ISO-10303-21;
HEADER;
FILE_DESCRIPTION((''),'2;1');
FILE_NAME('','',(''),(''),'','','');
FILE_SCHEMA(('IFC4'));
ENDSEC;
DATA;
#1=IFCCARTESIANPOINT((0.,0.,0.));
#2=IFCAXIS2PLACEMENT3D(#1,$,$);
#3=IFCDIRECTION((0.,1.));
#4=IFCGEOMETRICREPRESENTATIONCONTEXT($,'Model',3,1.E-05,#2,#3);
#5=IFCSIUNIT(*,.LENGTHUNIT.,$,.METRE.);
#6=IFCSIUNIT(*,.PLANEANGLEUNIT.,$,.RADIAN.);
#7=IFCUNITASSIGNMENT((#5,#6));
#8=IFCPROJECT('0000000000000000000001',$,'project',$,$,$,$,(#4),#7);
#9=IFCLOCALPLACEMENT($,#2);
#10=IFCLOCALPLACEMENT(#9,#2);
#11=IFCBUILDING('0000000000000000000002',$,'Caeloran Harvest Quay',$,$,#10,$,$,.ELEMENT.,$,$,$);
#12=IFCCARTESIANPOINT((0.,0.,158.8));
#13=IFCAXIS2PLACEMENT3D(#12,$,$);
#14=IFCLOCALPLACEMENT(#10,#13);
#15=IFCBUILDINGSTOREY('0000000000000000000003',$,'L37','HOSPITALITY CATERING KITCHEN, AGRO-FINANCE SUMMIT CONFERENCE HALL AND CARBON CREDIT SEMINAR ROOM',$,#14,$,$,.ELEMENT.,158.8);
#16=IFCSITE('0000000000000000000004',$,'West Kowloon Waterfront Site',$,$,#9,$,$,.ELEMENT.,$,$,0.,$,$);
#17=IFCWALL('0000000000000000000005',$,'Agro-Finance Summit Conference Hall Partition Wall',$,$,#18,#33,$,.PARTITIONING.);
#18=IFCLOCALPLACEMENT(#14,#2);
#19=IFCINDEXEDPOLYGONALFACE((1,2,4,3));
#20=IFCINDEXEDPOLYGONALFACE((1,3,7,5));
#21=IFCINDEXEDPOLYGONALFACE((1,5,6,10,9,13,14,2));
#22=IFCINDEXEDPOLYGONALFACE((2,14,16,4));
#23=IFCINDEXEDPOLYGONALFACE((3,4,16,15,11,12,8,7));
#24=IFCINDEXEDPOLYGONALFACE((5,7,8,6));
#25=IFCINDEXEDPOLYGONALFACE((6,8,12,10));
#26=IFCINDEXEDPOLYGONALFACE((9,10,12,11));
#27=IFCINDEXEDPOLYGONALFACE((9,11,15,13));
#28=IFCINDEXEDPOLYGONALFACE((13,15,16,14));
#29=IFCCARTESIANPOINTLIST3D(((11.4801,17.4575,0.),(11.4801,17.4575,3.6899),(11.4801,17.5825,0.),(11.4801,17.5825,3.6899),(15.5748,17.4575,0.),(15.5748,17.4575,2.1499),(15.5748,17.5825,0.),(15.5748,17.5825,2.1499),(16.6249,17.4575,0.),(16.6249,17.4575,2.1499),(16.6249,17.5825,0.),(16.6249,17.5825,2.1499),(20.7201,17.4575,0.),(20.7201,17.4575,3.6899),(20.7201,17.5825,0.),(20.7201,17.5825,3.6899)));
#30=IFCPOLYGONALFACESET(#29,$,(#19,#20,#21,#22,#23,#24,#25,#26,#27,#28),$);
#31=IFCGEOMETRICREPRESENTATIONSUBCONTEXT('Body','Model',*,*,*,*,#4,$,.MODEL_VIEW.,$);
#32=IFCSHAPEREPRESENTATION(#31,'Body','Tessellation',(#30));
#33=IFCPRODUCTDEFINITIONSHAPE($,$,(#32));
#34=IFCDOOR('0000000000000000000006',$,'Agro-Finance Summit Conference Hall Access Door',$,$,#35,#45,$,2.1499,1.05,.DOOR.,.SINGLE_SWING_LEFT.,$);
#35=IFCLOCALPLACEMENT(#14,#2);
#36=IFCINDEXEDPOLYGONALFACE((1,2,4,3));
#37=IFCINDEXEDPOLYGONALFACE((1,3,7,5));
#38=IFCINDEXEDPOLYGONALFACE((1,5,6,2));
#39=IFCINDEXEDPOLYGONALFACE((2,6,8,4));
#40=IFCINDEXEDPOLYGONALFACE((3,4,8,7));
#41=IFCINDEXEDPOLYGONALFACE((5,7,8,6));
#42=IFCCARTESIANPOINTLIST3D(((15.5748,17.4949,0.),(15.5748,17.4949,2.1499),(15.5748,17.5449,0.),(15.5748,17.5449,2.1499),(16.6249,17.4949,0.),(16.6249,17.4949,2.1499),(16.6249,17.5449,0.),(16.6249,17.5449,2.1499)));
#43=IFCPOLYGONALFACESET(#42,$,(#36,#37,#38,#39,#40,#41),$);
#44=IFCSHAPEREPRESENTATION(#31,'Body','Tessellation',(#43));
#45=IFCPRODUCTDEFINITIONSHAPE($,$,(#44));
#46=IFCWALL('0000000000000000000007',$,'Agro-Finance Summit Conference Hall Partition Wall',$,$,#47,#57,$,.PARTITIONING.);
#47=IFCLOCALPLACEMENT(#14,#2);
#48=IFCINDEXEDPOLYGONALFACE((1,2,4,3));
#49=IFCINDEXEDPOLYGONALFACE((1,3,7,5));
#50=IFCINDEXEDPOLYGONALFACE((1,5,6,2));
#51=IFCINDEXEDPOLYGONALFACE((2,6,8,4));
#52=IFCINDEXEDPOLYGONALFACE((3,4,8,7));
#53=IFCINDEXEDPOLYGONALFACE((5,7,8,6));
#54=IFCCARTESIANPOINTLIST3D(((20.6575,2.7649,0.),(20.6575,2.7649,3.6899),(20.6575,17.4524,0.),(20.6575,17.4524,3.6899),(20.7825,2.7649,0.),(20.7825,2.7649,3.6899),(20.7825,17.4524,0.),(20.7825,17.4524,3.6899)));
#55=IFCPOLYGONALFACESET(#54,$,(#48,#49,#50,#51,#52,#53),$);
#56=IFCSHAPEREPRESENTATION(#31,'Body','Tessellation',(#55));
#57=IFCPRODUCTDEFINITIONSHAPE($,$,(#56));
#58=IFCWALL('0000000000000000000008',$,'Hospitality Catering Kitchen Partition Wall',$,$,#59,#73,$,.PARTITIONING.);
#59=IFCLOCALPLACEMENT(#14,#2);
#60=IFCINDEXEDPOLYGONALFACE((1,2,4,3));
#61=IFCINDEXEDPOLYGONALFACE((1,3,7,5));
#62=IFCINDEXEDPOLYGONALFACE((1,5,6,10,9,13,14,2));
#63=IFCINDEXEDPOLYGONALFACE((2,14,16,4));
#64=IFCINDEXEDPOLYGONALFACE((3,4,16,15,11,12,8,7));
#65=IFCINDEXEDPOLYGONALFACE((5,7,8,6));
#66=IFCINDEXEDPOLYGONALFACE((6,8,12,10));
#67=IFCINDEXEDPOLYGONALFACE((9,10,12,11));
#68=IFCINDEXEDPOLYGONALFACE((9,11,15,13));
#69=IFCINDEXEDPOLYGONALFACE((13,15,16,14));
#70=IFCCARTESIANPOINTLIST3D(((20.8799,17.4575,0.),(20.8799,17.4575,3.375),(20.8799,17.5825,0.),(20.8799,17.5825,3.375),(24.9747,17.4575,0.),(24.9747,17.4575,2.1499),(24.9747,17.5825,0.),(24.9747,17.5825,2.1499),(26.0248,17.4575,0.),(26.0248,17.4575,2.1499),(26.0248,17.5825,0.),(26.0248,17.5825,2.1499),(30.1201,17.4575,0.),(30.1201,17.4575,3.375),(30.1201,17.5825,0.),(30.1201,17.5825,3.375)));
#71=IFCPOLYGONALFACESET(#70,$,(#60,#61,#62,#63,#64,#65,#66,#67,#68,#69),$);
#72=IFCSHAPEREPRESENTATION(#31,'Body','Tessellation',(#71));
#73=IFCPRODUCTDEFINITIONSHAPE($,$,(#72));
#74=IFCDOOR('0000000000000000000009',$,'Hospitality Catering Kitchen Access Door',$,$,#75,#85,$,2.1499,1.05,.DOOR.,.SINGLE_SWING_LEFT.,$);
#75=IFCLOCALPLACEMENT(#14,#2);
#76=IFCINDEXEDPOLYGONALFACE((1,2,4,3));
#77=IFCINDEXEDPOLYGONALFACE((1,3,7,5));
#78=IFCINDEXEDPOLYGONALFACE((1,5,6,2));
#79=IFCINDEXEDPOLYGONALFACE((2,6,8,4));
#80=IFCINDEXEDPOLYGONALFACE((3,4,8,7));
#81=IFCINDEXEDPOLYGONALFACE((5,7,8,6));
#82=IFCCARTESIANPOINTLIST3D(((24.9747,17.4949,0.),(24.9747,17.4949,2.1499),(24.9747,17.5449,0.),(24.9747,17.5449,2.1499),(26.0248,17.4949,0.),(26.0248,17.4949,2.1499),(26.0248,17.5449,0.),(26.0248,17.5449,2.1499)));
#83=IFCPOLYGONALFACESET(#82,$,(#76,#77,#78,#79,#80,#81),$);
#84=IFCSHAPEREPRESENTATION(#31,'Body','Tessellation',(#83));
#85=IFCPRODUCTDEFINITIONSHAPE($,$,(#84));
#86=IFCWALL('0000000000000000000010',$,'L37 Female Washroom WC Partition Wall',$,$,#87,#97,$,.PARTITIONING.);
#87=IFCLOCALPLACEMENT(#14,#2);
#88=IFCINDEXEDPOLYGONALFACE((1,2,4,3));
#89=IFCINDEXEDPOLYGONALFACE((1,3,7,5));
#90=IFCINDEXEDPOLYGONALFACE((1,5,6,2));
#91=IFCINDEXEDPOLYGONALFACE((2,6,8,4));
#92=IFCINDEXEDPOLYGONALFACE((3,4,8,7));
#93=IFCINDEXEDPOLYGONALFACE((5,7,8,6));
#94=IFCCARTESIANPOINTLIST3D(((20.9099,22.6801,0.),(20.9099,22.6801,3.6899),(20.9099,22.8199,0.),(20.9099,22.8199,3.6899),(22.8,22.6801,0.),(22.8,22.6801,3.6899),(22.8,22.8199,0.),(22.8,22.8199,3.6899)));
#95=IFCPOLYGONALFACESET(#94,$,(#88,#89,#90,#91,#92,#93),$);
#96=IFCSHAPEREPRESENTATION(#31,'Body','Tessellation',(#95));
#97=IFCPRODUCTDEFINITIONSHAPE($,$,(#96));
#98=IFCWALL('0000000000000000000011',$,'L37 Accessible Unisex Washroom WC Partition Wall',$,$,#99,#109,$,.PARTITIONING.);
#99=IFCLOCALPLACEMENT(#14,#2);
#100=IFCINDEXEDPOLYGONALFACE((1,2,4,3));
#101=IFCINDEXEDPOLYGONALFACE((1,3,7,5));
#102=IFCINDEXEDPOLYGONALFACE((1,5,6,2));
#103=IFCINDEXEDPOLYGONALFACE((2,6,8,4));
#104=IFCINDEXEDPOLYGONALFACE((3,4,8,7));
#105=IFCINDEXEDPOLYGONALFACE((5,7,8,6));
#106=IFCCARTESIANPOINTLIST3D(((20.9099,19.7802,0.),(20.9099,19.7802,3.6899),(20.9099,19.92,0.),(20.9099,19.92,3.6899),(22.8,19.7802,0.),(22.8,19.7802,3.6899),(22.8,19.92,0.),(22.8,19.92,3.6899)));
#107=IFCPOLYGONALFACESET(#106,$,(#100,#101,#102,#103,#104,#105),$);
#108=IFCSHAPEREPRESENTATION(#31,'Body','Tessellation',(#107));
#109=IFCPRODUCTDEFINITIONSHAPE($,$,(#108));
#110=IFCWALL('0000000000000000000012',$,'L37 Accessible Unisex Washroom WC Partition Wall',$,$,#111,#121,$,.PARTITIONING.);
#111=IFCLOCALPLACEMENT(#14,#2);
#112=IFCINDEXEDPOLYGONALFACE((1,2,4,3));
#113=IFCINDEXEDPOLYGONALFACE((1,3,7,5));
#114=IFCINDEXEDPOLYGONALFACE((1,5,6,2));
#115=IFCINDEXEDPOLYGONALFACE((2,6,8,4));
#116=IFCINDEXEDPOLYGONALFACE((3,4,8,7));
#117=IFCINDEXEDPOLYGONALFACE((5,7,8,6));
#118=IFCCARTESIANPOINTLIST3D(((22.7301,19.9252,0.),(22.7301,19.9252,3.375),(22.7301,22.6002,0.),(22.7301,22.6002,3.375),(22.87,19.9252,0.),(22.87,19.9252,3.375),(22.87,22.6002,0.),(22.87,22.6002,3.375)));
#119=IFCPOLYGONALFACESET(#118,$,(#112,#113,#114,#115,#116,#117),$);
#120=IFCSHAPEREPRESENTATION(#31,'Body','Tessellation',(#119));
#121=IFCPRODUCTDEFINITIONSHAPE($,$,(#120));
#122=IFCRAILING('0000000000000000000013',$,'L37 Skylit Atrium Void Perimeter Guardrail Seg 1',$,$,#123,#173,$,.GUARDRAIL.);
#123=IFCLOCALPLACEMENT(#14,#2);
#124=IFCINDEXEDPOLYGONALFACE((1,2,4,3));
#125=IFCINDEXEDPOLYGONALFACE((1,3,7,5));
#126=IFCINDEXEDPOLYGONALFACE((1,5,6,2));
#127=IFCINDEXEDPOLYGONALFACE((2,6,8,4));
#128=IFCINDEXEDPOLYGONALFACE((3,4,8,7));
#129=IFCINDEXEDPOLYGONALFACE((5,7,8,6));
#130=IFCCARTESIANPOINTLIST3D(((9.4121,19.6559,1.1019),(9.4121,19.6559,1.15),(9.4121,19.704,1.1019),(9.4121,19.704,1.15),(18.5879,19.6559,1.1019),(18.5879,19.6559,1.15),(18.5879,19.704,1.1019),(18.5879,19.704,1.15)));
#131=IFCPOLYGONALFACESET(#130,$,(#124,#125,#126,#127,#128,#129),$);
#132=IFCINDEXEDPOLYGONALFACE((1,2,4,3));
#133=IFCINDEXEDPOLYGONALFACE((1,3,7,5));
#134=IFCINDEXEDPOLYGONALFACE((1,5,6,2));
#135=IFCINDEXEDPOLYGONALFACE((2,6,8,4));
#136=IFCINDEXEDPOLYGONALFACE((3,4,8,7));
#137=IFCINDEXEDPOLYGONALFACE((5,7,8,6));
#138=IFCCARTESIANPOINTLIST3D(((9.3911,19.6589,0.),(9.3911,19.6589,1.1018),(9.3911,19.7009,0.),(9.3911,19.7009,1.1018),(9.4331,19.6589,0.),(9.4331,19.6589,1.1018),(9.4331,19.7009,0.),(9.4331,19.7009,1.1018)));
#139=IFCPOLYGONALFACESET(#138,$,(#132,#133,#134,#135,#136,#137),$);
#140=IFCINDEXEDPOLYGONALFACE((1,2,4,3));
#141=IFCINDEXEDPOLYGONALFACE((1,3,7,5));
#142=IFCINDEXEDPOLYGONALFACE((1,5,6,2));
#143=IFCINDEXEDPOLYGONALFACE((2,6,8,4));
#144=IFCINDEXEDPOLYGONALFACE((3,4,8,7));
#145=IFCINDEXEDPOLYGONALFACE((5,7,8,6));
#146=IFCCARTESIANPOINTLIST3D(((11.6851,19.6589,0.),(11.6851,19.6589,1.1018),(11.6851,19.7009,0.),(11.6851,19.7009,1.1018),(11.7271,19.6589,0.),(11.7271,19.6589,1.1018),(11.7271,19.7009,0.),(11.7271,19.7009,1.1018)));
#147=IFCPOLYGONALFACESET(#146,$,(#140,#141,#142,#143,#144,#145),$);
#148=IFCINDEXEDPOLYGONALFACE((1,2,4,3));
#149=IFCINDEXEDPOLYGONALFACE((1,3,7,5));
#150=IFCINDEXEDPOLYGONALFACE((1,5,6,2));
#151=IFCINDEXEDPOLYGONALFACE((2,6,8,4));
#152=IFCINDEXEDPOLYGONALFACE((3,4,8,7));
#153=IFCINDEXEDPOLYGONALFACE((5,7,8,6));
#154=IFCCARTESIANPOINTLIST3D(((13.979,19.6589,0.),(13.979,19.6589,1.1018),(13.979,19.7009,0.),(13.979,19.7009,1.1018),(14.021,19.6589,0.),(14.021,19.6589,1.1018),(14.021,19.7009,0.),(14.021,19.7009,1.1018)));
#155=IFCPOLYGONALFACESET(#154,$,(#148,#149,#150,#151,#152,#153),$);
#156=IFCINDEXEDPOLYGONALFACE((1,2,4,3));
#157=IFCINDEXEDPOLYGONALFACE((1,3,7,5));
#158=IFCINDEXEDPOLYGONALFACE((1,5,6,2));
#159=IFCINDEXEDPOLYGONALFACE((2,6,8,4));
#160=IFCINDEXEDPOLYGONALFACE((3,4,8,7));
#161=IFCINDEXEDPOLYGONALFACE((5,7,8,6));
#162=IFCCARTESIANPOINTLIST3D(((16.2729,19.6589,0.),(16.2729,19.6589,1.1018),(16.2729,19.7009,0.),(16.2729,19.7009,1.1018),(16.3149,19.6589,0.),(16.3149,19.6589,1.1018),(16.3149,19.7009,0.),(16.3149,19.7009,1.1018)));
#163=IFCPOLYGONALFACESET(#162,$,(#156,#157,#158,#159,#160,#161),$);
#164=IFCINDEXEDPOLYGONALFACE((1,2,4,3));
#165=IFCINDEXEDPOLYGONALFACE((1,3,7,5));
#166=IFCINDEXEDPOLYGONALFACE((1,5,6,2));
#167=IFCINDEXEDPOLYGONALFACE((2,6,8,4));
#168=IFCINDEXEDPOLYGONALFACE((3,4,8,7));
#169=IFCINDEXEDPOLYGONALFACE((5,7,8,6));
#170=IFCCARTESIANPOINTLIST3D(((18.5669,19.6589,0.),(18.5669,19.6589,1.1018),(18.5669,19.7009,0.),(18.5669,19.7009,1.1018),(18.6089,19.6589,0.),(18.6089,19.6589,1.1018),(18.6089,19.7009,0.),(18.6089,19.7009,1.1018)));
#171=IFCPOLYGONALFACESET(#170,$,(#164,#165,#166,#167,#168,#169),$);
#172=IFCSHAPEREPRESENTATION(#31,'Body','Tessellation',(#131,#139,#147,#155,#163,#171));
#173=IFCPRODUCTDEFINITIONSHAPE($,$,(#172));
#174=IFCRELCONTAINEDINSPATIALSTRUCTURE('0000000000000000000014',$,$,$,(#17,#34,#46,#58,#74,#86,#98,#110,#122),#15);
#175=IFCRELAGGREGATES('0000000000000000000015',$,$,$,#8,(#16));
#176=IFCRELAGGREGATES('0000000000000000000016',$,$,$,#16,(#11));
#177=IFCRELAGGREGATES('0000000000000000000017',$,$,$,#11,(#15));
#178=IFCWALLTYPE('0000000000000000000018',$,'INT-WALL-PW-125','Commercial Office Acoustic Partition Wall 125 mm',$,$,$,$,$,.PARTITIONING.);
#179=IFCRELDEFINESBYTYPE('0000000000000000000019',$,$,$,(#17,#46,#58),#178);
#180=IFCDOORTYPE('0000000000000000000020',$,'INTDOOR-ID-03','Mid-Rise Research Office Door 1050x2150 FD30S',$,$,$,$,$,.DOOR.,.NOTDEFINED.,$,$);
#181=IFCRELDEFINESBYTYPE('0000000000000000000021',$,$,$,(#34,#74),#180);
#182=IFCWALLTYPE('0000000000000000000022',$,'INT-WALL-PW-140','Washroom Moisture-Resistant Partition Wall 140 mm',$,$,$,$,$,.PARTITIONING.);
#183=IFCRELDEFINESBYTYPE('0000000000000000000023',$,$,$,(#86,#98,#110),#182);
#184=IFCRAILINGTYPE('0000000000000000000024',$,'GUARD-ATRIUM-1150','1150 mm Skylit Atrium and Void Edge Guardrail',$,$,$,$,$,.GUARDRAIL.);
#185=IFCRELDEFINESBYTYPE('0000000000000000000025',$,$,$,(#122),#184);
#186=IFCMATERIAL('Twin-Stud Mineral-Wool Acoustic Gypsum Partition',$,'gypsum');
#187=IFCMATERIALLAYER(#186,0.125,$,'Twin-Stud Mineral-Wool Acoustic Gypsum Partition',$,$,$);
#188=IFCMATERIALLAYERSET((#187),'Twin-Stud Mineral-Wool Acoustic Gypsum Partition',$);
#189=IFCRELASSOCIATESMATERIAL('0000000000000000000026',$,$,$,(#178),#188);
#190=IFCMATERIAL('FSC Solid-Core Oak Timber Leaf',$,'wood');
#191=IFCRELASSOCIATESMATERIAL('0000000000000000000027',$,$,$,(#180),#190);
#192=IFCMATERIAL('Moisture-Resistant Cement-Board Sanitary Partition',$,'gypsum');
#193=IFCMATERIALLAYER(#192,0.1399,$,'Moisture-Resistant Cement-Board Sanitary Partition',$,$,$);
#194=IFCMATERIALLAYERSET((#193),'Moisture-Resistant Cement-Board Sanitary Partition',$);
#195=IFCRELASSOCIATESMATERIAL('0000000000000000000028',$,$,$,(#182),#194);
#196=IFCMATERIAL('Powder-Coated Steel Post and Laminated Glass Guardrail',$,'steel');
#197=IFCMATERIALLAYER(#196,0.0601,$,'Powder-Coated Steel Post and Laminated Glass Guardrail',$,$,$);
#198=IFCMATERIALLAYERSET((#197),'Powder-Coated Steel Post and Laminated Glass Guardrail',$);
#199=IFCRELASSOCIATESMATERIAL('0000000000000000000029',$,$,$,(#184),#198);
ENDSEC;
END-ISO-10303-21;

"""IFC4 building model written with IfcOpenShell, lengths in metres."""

from ifc_helpers import new_model, si_unit, direction, frame, frame_2d, origin, origin_2d, place, context, subcontext, project, spatial, rectangle, extrude, material, layer, layer_set, type_object, element, fill, save


model = new_model("IFC4")

# Units and contexts
model_context = context("Model", 3, precision=1e-05, world=origin(), true_north=direction((0.0, 1.0)))
body_context = subcontext(model_context, "Body", "Model", "MODEL_VIEW")
ifc_project = project(units=[si_unit("LENGTHUNIT", "METRE"), si_unit("PLANEANGLEUNIT", "RADIAN")], contexts=[model_context])

# Site, building, storey
site_placement = place(None, origin())
site = spatial("IfcSite", under=ifc_project, at=site_placement, Name="West Kowloon Waterfront Site", CompositionType="ELEMENT", RefElevation=0.0)
building_placement = place(site_placement, origin())
building = spatial("IfcBuilding", under=site, at=building_placement, Name="Caeloran Harvest Quay", CompositionType="ELEMENT")
storey_placement = place(building_placement, frame((0.0, 0.0, 158.8)))
storey = spatial("IfcBuildingStorey", under=building, at=storey_placement, Name="L37", Description="HOSPITALITY CATERING KITCHEN, AGRO-FINANCE SUMMIT CONFERENCE HALL AND CARBON CREDIT SEMINAR ROOM", CompositionType="ELEMENT", Elevation=158.8)

# Wall, opening, door
ifc_material_1 = material(Name="Twin-Stud Mineral-Wool Acoustic Gypsum Partition", Category="gypsum")
ifc_layer_1 = layer(ifc_material_1, 0.125, Name="Twin-Stud Mineral-Wool Acoustic Gypsum Partition")
ifc_layer_set_1 = layer_set([ifc_layer_1], Name="Twin-Stud Mineral-Wool Acoustic Gypsum Partition")
wall_type_1 = type_object("IfcWallType", Name="INT-WALL-PW-125", Description="Commercial Office Acoustic Partition Wall 125 mm", PredefinedType="PARTITIONING", material=ifc_layer_set_1)
wall_1_placement = place(storey_placement, frame((11.48, 17.52, 0.0), z_axis=(0.0, 0.0, 1.0), x_axis=(1.0, 0.0, 0.0)))
wall_1 = element("IfcWall", 1, at=wall_1_placement, inside=storey, type_object=wall_type_1, Name="Agro-Finance Summit Conference Hall Partition Wall", PredefinedType="PARTITIONING", context=body_context, shape_type="SweptSolid", body=[
    extrude(rectangle(XDim=9.24, YDim=0.125, at=frame_2d((4.6201, 0.0))), origin(), (0.0, 0.0, 1.0), 3.6899),
])
opening_1_placement = place(wall_1_placement, frame((4.095, 0.0, 0.0)))
opening_1 = element("IfcOpeningElement", 2, at=opening_1_placement, cuts=wall_1, PredefinedType="OPENING", context=body_context, shape_type="SweptSolid", body=[
    extrude(rectangle(XDim=1.05, YDim=2.1499, at=frame_2d((0.5249, 1.075))), frame((0.0, 0.0725, 0.0), z_axis=(0.0, -1.0, 0.0), x_axis=(1.0, 0.0, 0.0)), (0.0, 0.0, 1.0), 0.145),
])
ifc_material_2 = material(Name="FSC Solid-Core Oak Timber Leaf", Category="wood")
door_type_1 = type_object("IfcDoorType", Name="INTDOOR-ID-03", Description="Mid-Rise Research Office Door 1050x2150 FD30S", OperationType="NOTDEFINED", PredefinedType="DOOR", material=ifc_material_2)
door_1_placement = place(opening_1_placement, origin())
door_1 = element("IfcDoor", 3, at=door_1_placement, inside=storey, type_object=door_type_1, Name="Agro-Finance Summit Conference Hall Access Door", OperationType="SINGLE_SWING_LEFT", OverallHeight=2.1499, OverallWidth=1.05, PredefinedType="DOOR", context=body_context, shape_type="SweptSolid", body=[
    extrude(rectangle(XDim=1.05, YDim=2.1499, at=frame_2d((0.5249, 1.075))), frame((0.0, 0.0249, 0.0), z_axis=(0.0, -1.0, 0.0), x_axis=(1.0, 0.0, 0.0)), (0.0, 0.0, 1.0), 0.05),
])
fill(opening_1, door_1)

# Wall
wall_2_placement = place(storey_placement, frame((20.72, 17.4524, 0.0), z_axis=(0.0, 0.0, 1.0), x_axis=(0.0, -1.0, 0.0)))
element("IfcWall", 4, at=wall_2_placement, inside=storey, type_object=wall_type_1, Name="Agro-Finance Summit Conference Hall Partition Wall", PredefinedType="PARTITIONING", context=body_context, shape_type="SweptSolid", body=[
    extrude(rectangle(XDim=14.6875, YDim=0.125, at=frame_2d((7.3438, 0.0))), origin(), (0.0, 0.0, 1.0), 3.6899),
])

# Wall, opening, door
wall_3_placement = place(storey_placement, frame((20.8799, 17.52, 0.0), z_axis=(0.0, 0.0, 1.0), x_axis=(1.0, 0.0, 0.0)))
wall_3 = element("IfcWall", 5, at=wall_3_placement, inside=storey, type_object=wall_type_1, Name="Hospitality Catering Kitchen Partition Wall", PredefinedType="PARTITIONING", context=body_context, shape_type="SweptSolid", body=[
    extrude(rectangle(XDim=9.2402, YDim=0.125, at=frame_2d((4.6201, 0.0))), origin(), (0.0, 0.0, 1.0), 3.375),
])
opening_2_placement = place(wall_3_placement, frame((4.095, 0.0, 0.0)))
opening_2 = element("IfcOpeningElement", 6, at=opening_2_placement, cuts=wall_3, PredefinedType="OPENING", context=body_context, shape_type="SweptSolid", body=[
    extrude(rectangle(XDim=1.05, YDim=2.1499, at=frame_2d((0.5249, 1.075))), frame((0.0, 0.0725, 0.0), z_axis=(0.0, -1.0, 0.0), x_axis=(1.0, 0.0, 0.0)), (0.0, 0.0, 1.0), 0.145),
])
door_2_placement = place(opening_2_placement, origin())
door_2 = element("IfcDoor", 7, at=door_2_placement, inside=storey, type_object=door_type_1, Name="Hospitality Catering Kitchen Access Door", OperationType="SINGLE_SWING_LEFT", OverallHeight=2.1499, OverallWidth=1.05, PredefinedType="DOOR", context=body_context, shape_type="SweptSolid", body=[
    extrude(rectangle(XDim=1.05, YDim=2.1499, at=frame_2d((0.5249, 1.075))), frame((0.0, 0.0249, 0.0), z_axis=(0.0, -1.0, 0.0), x_axis=(1.0, 0.0, 0.0)), (0.0, 0.0, 1.0), 0.05),
])
fill(opening_2, door_2)

# Walls
ifc_material_3 = material(Name="Moisture-Resistant Cement-Board Sanitary Partition", Category="gypsum")
ifc_layer_2 = layer(ifc_material_3, 0.1399, Name="Moisture-Resistant Cement-Board Sanitary Partition")
ifc_layer_set_2 = layer_set([ifc_layer_2], Name="Moisture-Resistant Cement-Board Sanitary Partition")
wall_type_2 = type_object("IfcWallType", Name="INT-WALL-PW-140", Description="Washroom Moisture-Resistant Partition Wall 140 mm", PredefinedType="PARTITIONING", material=ifc_layer_set_2)
for number, where, z_axis, x_axis, name in (
    (8, (22.8, 22.75, 0.0), (0.0, 0.0, 1.0), (-1.0, 0.0, 0.0), "L37 Female Washroom WC Partition Wall"),
    (9, (22.8, 19.8501, 0.0), (0.0, 0.0, 1.0), (-1.0, 0.0, 0.0), "L37 Accessible Unisex Washroom WC Partition Wall"),
):
    element("IfcWall", number, at=place(storey_placement, frame(where, z_axis=z_axis, x_axis=x_axis)), inside=storey, type_object=wall_type_2, Name=name, PredefinedType="PARTITIONING", context=body_context, shape_type="SweptSolid", body=[
        extrude(rectangle(XDim=1.8901, YDim=0.1399, at=frame_2d((0.9451, 0.0))), origin(), (0.0, 0.0, 1.0), 3.6899),
    ])

# Wall
wall_4_placement = place(storey_placement, frame((22.8, 22.6001, 0.0), z_axis=(0.0, 0.0, 1.0), x_axis=(0.0, -1.0, 0.0)))
element("IfcWall", 10, at=wall_4_placement, inside=storey, type_object=wall_type_2, Name="L37 Accessible Unisex Washroom WC Partition Wall", PredefinedType="PARTITIONING", context=body_context, shape_type="SweptSolid", body=[
    extrude(rectangle(XDim=2.675, YDim=0.1399, at=frame_2d((1.3374, 0.0))), origin(), (0.0, 0.0, 1.0), 3.375),
])

# Railing
ifc_material_4 = material(Name="Powder-Coated Steel Post and Laminated Glass Guardrail", Category="steel")
ifc_layer_3 = layer(ifc_material_4, 0.0601, Name="Powder-Coated Steel Post and Laminated Glass Guardrail")
ifc_layer_set_3 = layer_set([ifc_layer_3], Name="Powder-Coated Steel Post and Laminated Glass Guardrail")
railing_type = type_object("IfcRailingType", Name="GUARD-ATRIUM-1150", Description="1150 mm Skylit Atrium and Void Edge Guardrail", PredefinedType="GUARDRAIL", material=ifc_layer_set_3)
railing_1_placement = place(storey_placement, frame((9.4121, 19.6799, 0.0)))
element("IfcRailing", 11, at=railing_1_placement, inside=storey, type_object=railing_type, Name="L37 Skylit Atrium Void Perimeter Guardrail Seg 1", PredefinedType="GUARDRAIL", context=body_context, shape_type="SweptSolid", body=[
    extrude(rectangle(XDim=0.0481, YDim=0.0481, at=origin_2d()), frame((0.0, 0.0, 1.126), z_axis=(1.0, 0.0, 0.0), x_axis=(0.0, 1.0, 0.0)), (0.0, 0.0, 1.0), 9.1758),
    extrude(rectangle(XDim=0.042, YDim=0.042, at=origin_2d()), origin(), (0.0, 0.0, 1.0), 1.1018),
    extrude(rectangle(XDim=0.042, YDim=0.042, at=origin_2d()), frame((2.2939, 0.0, 0.0)), (0.0, 0.0, 1.0), 1.1018),
    extrude(rectangle(XDim=0.042, YDim=0.042, at=origin_2d()), frame((4.5879, 0.0, 0.0)), (0.0, 0.0, 1.0), 1.1018),
    extrude(rectangle(XDim=0.042, YDim=0.042, at=origin_2d()), frame((6.8818, 0.0, 0.0)), (0.0, 0.0, 1.0), 1.1018),
    extrude(rectangle(XDim=0.042, YDim=0.042, at=origin_2d()), frame((9.1758, 0.0, 0.0)), (0.0, 0.0, 1.0), 1.1018),
])

save(model, "model.ifc")
